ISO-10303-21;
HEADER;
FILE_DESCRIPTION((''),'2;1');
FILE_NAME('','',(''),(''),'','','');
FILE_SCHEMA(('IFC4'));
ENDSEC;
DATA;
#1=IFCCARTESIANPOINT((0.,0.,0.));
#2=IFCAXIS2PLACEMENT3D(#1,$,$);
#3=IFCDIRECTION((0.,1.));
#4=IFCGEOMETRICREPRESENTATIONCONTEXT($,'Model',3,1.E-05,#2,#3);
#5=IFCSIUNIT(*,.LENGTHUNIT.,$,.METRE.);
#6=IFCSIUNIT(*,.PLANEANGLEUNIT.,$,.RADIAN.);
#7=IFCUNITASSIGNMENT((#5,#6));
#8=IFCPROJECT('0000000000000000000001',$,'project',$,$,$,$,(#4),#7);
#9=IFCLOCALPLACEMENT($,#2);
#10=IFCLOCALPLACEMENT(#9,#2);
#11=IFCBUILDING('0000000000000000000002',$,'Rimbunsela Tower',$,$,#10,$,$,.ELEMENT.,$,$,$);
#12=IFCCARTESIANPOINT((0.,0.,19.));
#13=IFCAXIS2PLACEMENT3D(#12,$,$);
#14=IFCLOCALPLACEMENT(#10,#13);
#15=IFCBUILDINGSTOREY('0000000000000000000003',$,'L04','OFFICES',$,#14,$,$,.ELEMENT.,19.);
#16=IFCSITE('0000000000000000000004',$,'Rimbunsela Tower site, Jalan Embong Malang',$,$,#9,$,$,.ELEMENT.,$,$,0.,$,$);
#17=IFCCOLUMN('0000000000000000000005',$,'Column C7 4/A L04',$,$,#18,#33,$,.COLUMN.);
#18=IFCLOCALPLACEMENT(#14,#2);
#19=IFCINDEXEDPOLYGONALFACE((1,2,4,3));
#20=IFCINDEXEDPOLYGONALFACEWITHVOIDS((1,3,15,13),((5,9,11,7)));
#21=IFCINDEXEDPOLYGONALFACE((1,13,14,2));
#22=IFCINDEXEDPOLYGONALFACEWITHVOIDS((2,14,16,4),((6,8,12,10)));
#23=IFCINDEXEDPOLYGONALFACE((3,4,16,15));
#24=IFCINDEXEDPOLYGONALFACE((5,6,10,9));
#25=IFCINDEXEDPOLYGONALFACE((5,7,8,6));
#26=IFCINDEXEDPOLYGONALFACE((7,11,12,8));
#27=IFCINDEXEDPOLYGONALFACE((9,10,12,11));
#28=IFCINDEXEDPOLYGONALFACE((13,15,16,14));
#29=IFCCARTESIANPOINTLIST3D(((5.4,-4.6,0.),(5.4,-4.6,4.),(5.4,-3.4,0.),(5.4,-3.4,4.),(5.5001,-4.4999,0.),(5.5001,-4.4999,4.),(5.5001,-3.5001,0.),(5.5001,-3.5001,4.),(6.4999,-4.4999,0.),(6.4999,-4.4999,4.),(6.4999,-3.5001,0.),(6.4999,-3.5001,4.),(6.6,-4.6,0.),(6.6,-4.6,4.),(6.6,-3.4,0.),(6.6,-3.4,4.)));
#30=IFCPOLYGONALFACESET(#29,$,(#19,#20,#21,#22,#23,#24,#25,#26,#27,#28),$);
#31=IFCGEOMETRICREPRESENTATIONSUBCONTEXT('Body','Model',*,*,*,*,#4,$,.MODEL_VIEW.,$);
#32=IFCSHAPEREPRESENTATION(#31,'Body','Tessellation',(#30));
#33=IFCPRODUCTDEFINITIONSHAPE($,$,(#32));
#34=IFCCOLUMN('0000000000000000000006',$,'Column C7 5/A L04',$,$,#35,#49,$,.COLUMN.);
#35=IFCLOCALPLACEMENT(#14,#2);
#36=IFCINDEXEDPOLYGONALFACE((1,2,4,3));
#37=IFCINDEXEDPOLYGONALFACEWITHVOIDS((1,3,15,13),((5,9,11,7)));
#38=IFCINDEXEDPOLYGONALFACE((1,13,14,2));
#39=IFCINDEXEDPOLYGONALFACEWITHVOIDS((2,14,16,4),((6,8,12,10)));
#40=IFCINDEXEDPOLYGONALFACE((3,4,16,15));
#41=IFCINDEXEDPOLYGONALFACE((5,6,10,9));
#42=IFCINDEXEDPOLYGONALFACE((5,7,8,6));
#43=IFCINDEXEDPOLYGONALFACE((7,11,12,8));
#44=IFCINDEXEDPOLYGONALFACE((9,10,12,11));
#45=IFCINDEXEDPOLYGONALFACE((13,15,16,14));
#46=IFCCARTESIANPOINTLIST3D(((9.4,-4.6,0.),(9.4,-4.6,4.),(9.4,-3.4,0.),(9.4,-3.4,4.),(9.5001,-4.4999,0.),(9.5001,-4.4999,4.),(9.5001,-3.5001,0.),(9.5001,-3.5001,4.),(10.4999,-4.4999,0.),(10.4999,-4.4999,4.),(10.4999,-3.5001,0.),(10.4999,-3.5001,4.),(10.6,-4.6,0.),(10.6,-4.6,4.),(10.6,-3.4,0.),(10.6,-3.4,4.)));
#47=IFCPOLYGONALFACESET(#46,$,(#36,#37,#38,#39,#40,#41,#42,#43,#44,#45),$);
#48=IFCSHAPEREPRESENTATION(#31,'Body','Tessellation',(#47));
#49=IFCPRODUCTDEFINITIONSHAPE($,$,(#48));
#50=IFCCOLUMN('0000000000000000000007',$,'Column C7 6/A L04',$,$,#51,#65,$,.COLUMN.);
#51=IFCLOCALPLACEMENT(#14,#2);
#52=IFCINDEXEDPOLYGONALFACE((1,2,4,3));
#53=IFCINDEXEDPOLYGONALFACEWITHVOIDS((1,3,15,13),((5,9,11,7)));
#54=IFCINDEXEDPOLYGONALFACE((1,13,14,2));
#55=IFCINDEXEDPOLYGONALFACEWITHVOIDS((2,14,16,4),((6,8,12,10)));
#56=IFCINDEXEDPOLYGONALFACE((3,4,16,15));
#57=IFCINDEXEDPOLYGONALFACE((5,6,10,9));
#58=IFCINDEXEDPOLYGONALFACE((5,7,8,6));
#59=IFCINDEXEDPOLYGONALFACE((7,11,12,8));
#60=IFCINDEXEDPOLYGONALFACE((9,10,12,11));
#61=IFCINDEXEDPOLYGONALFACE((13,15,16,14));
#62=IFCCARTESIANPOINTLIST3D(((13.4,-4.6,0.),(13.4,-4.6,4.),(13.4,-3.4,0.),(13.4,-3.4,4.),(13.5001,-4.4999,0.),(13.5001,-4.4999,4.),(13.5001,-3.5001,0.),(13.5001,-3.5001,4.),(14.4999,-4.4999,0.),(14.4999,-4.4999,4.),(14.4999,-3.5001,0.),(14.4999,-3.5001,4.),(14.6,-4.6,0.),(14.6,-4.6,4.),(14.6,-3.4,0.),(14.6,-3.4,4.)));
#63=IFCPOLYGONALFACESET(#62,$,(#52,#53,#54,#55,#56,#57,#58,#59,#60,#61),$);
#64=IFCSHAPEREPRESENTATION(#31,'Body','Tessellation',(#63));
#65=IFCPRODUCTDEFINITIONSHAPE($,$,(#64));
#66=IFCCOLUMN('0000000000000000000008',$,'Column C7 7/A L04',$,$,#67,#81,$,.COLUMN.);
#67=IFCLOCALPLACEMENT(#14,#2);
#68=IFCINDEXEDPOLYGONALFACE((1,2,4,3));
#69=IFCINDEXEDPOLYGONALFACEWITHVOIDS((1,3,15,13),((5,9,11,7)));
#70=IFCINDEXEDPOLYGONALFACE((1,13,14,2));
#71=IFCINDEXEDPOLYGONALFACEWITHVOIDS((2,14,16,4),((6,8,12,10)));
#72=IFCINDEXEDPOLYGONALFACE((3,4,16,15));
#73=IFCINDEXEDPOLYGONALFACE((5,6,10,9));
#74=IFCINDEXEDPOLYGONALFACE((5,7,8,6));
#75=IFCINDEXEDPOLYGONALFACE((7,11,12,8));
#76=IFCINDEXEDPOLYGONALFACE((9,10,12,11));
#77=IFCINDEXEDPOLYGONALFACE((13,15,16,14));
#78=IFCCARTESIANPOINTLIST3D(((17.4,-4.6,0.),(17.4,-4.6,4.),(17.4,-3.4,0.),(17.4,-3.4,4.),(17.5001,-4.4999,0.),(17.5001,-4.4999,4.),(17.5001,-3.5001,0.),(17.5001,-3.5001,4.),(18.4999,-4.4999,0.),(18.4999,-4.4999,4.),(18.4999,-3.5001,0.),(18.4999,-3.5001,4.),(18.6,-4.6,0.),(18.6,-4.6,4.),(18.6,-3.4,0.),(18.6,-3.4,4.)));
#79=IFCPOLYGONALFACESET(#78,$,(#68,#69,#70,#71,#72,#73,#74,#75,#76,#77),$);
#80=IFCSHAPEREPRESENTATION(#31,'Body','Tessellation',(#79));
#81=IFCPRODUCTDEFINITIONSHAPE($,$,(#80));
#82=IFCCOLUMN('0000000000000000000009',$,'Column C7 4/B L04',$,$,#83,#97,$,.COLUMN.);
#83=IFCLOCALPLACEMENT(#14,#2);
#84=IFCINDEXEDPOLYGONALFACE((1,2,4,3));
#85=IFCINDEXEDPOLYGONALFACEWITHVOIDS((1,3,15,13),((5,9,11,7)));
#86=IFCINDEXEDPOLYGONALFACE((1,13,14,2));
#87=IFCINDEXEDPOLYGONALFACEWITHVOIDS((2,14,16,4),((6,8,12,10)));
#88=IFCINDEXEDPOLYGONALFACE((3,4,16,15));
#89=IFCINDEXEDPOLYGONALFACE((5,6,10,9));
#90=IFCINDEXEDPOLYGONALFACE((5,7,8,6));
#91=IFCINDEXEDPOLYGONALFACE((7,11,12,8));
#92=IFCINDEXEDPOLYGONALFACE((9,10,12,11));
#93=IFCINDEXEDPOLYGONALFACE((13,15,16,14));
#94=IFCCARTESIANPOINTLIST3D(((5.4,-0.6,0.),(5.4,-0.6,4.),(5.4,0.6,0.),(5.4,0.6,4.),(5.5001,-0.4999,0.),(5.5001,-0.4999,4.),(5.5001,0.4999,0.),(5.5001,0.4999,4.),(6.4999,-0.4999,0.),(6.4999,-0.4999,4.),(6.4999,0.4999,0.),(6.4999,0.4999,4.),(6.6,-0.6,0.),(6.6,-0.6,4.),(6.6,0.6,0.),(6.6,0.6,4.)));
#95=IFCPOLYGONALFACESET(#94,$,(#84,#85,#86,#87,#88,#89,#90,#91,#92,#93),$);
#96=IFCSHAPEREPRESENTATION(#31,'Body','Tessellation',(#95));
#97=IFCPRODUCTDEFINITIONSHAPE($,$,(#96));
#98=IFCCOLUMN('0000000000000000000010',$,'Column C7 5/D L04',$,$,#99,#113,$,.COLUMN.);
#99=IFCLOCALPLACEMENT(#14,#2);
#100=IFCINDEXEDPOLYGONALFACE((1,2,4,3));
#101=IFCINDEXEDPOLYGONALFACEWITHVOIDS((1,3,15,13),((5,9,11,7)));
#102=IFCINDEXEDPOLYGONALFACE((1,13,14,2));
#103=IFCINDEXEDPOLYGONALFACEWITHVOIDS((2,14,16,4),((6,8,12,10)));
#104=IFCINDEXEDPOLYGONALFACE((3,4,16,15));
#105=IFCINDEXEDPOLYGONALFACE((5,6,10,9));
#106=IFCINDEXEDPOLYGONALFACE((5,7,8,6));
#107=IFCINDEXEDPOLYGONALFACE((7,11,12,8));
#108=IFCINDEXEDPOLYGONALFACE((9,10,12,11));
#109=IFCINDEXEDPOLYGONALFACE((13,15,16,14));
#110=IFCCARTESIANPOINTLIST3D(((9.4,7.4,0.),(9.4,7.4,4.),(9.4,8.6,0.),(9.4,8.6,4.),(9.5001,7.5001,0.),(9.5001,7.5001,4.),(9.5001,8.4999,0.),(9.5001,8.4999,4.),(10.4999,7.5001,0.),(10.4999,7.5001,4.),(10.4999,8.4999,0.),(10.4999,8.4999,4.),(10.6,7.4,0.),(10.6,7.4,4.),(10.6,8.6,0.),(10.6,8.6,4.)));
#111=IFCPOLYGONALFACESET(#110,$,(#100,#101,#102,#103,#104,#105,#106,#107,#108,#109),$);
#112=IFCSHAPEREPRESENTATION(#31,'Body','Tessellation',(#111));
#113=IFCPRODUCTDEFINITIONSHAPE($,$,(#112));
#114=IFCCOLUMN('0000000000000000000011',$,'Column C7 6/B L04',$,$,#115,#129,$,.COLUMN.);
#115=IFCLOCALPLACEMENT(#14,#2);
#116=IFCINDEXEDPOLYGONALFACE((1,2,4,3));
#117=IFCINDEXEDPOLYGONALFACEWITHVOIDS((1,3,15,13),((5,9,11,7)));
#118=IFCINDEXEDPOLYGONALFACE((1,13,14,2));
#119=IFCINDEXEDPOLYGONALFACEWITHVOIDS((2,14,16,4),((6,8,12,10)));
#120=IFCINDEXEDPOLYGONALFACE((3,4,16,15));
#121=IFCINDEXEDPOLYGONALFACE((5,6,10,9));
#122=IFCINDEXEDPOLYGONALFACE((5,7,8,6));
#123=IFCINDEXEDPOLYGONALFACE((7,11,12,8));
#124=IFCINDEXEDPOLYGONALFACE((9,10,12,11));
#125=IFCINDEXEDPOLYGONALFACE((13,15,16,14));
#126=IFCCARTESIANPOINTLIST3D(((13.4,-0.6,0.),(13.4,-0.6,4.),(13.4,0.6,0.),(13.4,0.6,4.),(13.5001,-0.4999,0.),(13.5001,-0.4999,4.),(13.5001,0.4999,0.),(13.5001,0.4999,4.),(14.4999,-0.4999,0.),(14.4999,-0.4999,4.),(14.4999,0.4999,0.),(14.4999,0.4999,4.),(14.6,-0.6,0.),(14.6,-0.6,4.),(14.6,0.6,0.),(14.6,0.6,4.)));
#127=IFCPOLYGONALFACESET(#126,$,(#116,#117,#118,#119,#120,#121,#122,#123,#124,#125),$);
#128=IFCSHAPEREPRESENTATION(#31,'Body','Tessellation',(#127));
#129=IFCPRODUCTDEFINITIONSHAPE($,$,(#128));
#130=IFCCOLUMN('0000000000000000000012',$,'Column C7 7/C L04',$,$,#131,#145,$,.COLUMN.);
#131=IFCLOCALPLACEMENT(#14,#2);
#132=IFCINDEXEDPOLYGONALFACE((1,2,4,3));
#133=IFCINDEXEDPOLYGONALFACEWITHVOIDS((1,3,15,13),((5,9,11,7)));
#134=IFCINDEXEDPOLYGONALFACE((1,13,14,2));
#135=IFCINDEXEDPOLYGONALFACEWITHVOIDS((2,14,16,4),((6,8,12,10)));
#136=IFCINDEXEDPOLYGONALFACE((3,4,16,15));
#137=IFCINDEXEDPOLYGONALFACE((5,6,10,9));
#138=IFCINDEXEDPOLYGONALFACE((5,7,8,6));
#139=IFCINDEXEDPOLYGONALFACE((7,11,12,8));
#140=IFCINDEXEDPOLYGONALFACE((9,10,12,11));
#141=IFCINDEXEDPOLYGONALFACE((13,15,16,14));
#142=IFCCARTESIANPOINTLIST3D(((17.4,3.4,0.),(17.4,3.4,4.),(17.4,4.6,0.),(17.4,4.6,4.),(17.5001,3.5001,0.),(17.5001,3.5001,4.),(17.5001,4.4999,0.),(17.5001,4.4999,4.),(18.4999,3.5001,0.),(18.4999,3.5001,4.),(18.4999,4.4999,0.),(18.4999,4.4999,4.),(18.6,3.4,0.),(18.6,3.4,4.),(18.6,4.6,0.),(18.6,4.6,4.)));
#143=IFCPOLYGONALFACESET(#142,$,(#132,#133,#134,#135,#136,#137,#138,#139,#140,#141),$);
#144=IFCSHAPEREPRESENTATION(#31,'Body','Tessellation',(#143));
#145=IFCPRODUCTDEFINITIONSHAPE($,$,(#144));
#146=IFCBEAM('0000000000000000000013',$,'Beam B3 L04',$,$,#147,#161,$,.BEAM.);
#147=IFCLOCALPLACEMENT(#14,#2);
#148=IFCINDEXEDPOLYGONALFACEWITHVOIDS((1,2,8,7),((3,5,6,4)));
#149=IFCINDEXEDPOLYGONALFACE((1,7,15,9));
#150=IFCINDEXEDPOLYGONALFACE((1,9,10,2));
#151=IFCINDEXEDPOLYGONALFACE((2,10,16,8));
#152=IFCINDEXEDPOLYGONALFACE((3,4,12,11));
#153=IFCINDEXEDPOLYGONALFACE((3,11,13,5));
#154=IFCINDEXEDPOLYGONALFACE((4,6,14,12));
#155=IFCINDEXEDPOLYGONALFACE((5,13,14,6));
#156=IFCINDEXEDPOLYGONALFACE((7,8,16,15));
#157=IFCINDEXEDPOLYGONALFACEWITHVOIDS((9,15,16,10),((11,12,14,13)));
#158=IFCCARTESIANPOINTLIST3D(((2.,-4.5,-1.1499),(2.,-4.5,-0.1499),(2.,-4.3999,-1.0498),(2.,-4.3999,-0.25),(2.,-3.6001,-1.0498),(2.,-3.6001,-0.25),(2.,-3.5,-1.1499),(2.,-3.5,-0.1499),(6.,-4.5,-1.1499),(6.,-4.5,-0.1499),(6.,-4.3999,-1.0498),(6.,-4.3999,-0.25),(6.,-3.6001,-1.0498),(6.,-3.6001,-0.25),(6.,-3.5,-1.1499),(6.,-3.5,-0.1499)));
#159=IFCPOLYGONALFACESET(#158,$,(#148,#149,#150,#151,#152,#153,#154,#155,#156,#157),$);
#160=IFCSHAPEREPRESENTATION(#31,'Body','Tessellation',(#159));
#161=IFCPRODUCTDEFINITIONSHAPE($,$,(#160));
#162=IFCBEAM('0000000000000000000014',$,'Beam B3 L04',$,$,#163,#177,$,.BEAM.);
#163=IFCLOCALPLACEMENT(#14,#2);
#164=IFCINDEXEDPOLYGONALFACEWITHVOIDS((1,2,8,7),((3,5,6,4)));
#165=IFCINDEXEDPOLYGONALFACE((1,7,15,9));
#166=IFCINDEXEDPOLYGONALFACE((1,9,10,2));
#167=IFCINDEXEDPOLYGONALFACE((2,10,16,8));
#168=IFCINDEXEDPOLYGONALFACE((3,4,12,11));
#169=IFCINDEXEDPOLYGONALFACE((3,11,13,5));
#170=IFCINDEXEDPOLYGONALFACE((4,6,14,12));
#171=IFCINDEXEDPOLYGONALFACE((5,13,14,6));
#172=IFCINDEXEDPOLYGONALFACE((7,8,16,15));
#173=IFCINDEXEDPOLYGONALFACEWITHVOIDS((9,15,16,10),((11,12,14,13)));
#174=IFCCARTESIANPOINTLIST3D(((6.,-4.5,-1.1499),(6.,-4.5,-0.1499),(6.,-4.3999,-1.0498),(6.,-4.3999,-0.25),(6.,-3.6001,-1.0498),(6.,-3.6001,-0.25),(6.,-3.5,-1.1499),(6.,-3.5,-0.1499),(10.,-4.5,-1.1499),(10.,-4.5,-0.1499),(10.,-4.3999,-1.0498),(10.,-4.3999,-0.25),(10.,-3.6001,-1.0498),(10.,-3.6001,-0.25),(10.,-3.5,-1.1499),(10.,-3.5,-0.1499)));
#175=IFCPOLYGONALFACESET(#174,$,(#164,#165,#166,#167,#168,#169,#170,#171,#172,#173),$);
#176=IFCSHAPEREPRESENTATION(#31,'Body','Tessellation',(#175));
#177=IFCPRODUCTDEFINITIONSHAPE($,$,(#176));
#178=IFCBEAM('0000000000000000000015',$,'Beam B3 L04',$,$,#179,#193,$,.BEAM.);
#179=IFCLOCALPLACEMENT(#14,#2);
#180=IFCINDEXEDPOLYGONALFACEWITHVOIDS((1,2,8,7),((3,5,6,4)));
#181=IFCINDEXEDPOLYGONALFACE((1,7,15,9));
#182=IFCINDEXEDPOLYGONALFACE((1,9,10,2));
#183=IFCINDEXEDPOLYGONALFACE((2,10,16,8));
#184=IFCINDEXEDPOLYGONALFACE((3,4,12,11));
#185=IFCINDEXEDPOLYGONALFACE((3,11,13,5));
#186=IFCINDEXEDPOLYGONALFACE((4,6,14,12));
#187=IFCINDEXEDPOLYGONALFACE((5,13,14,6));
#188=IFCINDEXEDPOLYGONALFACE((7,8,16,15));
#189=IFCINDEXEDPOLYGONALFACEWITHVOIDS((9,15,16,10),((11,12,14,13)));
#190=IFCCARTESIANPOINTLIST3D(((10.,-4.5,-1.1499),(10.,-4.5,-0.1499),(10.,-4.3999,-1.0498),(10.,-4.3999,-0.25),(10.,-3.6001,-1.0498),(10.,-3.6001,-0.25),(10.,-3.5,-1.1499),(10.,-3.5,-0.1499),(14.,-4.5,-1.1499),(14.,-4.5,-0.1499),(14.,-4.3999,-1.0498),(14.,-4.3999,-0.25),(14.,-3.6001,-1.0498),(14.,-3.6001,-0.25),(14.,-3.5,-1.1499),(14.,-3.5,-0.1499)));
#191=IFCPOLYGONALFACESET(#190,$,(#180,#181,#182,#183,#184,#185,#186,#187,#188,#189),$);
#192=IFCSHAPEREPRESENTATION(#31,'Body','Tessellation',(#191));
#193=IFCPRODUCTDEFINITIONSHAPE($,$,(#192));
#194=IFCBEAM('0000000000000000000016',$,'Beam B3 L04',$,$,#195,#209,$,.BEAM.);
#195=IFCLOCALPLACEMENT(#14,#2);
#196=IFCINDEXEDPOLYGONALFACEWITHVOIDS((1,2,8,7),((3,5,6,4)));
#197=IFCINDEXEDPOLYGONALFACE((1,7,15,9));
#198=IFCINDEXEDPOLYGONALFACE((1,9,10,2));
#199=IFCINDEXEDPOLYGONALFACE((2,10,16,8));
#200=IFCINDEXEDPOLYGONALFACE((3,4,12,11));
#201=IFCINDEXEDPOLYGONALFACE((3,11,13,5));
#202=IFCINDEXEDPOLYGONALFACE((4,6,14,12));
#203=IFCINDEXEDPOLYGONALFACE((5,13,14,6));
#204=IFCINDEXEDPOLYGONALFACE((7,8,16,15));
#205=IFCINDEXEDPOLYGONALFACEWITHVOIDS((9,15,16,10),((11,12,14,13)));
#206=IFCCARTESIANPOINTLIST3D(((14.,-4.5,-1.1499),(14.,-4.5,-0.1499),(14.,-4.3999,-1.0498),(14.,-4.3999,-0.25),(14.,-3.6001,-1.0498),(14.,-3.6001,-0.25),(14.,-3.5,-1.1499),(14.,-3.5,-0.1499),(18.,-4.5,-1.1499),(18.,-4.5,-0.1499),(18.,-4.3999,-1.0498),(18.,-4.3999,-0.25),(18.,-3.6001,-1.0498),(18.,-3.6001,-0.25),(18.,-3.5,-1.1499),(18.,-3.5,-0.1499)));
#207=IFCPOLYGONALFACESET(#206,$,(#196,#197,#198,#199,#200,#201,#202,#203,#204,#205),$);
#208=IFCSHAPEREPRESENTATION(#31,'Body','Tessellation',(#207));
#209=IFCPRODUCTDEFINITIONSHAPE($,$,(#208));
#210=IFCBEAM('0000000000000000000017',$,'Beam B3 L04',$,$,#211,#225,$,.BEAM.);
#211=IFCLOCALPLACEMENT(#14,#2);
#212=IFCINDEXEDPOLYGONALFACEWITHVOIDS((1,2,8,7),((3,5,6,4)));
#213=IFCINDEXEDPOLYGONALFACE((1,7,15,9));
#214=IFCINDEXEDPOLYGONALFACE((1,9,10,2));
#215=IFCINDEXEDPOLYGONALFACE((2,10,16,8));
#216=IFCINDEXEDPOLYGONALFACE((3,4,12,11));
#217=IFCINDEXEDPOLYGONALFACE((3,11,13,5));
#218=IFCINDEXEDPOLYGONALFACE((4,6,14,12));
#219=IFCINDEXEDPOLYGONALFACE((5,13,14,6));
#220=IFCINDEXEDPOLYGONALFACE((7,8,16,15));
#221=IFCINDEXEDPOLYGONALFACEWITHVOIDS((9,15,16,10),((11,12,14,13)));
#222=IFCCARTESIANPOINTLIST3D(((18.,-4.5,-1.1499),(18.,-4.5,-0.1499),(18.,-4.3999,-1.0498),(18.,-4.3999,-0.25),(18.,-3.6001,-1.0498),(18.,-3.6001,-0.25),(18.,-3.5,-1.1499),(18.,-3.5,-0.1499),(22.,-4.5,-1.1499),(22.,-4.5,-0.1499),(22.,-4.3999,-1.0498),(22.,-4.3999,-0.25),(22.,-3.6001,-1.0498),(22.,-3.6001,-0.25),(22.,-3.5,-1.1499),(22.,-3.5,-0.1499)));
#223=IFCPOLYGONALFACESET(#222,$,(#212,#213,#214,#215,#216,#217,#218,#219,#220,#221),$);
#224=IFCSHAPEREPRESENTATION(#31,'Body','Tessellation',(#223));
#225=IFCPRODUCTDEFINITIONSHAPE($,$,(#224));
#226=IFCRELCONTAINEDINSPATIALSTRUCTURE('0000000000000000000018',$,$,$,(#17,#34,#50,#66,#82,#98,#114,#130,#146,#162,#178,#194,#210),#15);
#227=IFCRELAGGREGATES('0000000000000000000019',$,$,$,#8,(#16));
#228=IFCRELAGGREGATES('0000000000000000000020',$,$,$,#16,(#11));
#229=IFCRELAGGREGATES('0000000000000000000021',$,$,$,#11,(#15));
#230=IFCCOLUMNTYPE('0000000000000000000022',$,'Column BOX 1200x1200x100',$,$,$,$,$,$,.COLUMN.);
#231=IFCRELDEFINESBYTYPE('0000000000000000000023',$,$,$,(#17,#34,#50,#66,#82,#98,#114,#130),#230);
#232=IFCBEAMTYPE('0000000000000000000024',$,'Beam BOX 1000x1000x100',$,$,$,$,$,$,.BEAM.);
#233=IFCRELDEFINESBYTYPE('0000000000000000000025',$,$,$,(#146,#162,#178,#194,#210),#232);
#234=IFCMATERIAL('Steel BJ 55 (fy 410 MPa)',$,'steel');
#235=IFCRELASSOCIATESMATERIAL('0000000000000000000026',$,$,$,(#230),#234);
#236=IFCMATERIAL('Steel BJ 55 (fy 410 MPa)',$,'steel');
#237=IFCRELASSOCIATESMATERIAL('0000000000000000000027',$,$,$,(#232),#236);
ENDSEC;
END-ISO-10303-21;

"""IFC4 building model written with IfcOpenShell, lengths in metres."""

from ifc_helpers import new_model, si_unit, direction, frame, origin, origin_2d, place, context, subcontext, project, spatial, hollow_rectangle, extrude, material, material_profile, profile_set, type_object, element, save


model = new_model("IFC4")

# Units and contexts
model_context = context("Model", 3, precision=1e-05, world=origin(), true_north=direction((0.0, 1.0)))
body_context = subcontext(model_context, "Body", "Model", "MODEL_VIEW")
ifc_project = project(units=[si_unit("LENGTHUNIT", "METRE"), si_unit("PLANEANGLEUNIT", "RADIAN")], contexts=[model_context])

# Site, building, storey
site_placement = place(None, origin())
site = spatial("IfcSite", under=ifc_project, at=site_placement, Name="Rimbunsela Tower site, Jalan Embong Malang", CompositionType="ELEMENT", RefElevation=0.0)
building_placement = place(site_placement, origin())
building = spatial("IfcBuilding", under=site, at=building_placement, Name="Rimbunsela Tower", CompositionType="ELEMENT")
storey_placement = place(building_placement, frame((0.0, 0.0, 19.0)))
storey = spatial("IfcBuildingStorey", under=building, at=storey_placement, Name="L04", Description="OFFICES", CompositionType="ELEMENT", Elevation=19.0)

# Columns
ifc_material_1 = material(Name="Steel BJ 55 (fy 410 MPa)", Category="steel")
ifc_material_profile_1 = material_profile(ifc_material_1, hollow_rectangle(XDim=1.2, YDim=1.2, WallThickness=0.1001, at=origin_2d()), Name="BOX 1200x1200x100")
ifc_profile_set_1 = profile_set([ifc_material_profile_1], Name="Steel BJ 55 (fy 410 MPa)")
column_type = type_object("IfcColumnType", Name="Column BOX 1200x1200x100", PredefinedType="COLUMN", material=ifc_profile_set_1)
for number, where, z_axis, x_axis, name in (
    (1, (6.0, -4.0, 0.0), (0.0, 0.0, 1.0), (1.0, 0.0, 0.0), "Column C7 4/A L04"),
    (2, (10.0, -4.0, 0.0), (0.0, 0.0, 1.0), (1.0, 0.0, 0.0), "Column C7 5/A L04"),
    (3, (14.0, -4.0, 0.0), (0.0, 0.0, 1.0), (1.0, 0.0, 0.0), "Column C7 6/A L04"),
    (4, (18.0, -4.0, 0.0), (0.0, 0.0, 1.0), (1.0, 0.0, 0.0), "Column C7 7/A L04"),
    (5, (6.0, 0.0, 0.0), (0.0, 0.0, 1.0), (1.0, 0.0, 0.0), "Column C7 4/B L04"),
    (6, (10.0, 8.0, 0.0), (0.0, 0.0, 1.0), (1.0, 0.0, 0.0), "Column C7 5/D L04"),
    (7, (14.0, 0.0, 0.0), (0.0, 0.0, 1.0), (1.0, 0.0, 0.0), "Column C7 6/B L04"),
    (8, (18.0, 4.0, 0.0), (0.0, 0.0, 1.0), (1.0, 0.0, 0.0), "Column C7 7/C L04"),
):
    element("IfcColumn", number, at=place(storey_placement, frame(where, z_axis=z_axis, x_axis=x_axis)), inside=storey, type_object=column_type, Name=name, PredefinedType="COLUMN", context=body_context, shape_type="SweptSolid", body=[
        extrude(hollow_rectangle(XDim=1.2, YDim=1.2, WallThickness=0.1001, at=origin_2d()), origin(), (0.0, 0.0, 1.0), 4.0),
    ])

# Beams
ifc_material_2 = material(Name="Steel BJ 55 (fy 410 MPa)", Category="steel")
ifc_material_profile_2 = material_profile(ifc_material_2, hollow_rectangle(XDim=1.0, YDim=1.0, WallThickness=0.1001, at=origin_2d()), Name="BOX 1000x1000x100")
ifc_profile_set_2 = profile_set([ifc_material_profile_2], Name="Steel BJ 55 (fy 410 MPa)")
beam_type_1 = type_object("IfcBeamType", Name="Beam BOX 1000x1000x100", PredefinedType="BEAM", material=ifc_profile_set_2)
for number, where, z_axis, x_axis, name in (
    (9, (2.0, -4.0, -0.6499), (1.0, 0.0, 0.0), (0.0, 1.0, 0.0), "Beam B3 L04"),
    (10, (6.0, -4.0, -0.6499), (1.0, 0.0, 0.0), (0.0, 1.0, 0.0), "Beam B3 L04"),
    (11, (10.0, -4.0, -0.6499), (1.0, 0.0, 0.0), (0.0, 1.0, 0.0), "Beam B3 L04"),
    (12, (14.0, -4.0, -0.6499), (1.0, 0.0, 0.0), (0.0, 1.0, 0.0), "Beam B3 L04"),
    (13, (18.0, -4.0, -0.6499), (1.0, 0.0, 0.0), (0.0, 1.0, 0.0), "Beam B3 L04"),
):
    element("IfcBeam", number, at=place(storey_placement, frame(where, z_axis=z_axis, x_axis=x_axis)), inside=storey, type_object=beam_type_1, Name=name, PredefinedType="BEAM", context=body_context, shape_type="SweptSolid", body=[
        extrude(hollow_rectangle(XDim=1.0, YDim=1.0, WallThickness=0.1001, at=origin_2d()), origin(), (0.0, 0.0, 1.0), 4.0),
    ])

save(model, "model.ifc")
